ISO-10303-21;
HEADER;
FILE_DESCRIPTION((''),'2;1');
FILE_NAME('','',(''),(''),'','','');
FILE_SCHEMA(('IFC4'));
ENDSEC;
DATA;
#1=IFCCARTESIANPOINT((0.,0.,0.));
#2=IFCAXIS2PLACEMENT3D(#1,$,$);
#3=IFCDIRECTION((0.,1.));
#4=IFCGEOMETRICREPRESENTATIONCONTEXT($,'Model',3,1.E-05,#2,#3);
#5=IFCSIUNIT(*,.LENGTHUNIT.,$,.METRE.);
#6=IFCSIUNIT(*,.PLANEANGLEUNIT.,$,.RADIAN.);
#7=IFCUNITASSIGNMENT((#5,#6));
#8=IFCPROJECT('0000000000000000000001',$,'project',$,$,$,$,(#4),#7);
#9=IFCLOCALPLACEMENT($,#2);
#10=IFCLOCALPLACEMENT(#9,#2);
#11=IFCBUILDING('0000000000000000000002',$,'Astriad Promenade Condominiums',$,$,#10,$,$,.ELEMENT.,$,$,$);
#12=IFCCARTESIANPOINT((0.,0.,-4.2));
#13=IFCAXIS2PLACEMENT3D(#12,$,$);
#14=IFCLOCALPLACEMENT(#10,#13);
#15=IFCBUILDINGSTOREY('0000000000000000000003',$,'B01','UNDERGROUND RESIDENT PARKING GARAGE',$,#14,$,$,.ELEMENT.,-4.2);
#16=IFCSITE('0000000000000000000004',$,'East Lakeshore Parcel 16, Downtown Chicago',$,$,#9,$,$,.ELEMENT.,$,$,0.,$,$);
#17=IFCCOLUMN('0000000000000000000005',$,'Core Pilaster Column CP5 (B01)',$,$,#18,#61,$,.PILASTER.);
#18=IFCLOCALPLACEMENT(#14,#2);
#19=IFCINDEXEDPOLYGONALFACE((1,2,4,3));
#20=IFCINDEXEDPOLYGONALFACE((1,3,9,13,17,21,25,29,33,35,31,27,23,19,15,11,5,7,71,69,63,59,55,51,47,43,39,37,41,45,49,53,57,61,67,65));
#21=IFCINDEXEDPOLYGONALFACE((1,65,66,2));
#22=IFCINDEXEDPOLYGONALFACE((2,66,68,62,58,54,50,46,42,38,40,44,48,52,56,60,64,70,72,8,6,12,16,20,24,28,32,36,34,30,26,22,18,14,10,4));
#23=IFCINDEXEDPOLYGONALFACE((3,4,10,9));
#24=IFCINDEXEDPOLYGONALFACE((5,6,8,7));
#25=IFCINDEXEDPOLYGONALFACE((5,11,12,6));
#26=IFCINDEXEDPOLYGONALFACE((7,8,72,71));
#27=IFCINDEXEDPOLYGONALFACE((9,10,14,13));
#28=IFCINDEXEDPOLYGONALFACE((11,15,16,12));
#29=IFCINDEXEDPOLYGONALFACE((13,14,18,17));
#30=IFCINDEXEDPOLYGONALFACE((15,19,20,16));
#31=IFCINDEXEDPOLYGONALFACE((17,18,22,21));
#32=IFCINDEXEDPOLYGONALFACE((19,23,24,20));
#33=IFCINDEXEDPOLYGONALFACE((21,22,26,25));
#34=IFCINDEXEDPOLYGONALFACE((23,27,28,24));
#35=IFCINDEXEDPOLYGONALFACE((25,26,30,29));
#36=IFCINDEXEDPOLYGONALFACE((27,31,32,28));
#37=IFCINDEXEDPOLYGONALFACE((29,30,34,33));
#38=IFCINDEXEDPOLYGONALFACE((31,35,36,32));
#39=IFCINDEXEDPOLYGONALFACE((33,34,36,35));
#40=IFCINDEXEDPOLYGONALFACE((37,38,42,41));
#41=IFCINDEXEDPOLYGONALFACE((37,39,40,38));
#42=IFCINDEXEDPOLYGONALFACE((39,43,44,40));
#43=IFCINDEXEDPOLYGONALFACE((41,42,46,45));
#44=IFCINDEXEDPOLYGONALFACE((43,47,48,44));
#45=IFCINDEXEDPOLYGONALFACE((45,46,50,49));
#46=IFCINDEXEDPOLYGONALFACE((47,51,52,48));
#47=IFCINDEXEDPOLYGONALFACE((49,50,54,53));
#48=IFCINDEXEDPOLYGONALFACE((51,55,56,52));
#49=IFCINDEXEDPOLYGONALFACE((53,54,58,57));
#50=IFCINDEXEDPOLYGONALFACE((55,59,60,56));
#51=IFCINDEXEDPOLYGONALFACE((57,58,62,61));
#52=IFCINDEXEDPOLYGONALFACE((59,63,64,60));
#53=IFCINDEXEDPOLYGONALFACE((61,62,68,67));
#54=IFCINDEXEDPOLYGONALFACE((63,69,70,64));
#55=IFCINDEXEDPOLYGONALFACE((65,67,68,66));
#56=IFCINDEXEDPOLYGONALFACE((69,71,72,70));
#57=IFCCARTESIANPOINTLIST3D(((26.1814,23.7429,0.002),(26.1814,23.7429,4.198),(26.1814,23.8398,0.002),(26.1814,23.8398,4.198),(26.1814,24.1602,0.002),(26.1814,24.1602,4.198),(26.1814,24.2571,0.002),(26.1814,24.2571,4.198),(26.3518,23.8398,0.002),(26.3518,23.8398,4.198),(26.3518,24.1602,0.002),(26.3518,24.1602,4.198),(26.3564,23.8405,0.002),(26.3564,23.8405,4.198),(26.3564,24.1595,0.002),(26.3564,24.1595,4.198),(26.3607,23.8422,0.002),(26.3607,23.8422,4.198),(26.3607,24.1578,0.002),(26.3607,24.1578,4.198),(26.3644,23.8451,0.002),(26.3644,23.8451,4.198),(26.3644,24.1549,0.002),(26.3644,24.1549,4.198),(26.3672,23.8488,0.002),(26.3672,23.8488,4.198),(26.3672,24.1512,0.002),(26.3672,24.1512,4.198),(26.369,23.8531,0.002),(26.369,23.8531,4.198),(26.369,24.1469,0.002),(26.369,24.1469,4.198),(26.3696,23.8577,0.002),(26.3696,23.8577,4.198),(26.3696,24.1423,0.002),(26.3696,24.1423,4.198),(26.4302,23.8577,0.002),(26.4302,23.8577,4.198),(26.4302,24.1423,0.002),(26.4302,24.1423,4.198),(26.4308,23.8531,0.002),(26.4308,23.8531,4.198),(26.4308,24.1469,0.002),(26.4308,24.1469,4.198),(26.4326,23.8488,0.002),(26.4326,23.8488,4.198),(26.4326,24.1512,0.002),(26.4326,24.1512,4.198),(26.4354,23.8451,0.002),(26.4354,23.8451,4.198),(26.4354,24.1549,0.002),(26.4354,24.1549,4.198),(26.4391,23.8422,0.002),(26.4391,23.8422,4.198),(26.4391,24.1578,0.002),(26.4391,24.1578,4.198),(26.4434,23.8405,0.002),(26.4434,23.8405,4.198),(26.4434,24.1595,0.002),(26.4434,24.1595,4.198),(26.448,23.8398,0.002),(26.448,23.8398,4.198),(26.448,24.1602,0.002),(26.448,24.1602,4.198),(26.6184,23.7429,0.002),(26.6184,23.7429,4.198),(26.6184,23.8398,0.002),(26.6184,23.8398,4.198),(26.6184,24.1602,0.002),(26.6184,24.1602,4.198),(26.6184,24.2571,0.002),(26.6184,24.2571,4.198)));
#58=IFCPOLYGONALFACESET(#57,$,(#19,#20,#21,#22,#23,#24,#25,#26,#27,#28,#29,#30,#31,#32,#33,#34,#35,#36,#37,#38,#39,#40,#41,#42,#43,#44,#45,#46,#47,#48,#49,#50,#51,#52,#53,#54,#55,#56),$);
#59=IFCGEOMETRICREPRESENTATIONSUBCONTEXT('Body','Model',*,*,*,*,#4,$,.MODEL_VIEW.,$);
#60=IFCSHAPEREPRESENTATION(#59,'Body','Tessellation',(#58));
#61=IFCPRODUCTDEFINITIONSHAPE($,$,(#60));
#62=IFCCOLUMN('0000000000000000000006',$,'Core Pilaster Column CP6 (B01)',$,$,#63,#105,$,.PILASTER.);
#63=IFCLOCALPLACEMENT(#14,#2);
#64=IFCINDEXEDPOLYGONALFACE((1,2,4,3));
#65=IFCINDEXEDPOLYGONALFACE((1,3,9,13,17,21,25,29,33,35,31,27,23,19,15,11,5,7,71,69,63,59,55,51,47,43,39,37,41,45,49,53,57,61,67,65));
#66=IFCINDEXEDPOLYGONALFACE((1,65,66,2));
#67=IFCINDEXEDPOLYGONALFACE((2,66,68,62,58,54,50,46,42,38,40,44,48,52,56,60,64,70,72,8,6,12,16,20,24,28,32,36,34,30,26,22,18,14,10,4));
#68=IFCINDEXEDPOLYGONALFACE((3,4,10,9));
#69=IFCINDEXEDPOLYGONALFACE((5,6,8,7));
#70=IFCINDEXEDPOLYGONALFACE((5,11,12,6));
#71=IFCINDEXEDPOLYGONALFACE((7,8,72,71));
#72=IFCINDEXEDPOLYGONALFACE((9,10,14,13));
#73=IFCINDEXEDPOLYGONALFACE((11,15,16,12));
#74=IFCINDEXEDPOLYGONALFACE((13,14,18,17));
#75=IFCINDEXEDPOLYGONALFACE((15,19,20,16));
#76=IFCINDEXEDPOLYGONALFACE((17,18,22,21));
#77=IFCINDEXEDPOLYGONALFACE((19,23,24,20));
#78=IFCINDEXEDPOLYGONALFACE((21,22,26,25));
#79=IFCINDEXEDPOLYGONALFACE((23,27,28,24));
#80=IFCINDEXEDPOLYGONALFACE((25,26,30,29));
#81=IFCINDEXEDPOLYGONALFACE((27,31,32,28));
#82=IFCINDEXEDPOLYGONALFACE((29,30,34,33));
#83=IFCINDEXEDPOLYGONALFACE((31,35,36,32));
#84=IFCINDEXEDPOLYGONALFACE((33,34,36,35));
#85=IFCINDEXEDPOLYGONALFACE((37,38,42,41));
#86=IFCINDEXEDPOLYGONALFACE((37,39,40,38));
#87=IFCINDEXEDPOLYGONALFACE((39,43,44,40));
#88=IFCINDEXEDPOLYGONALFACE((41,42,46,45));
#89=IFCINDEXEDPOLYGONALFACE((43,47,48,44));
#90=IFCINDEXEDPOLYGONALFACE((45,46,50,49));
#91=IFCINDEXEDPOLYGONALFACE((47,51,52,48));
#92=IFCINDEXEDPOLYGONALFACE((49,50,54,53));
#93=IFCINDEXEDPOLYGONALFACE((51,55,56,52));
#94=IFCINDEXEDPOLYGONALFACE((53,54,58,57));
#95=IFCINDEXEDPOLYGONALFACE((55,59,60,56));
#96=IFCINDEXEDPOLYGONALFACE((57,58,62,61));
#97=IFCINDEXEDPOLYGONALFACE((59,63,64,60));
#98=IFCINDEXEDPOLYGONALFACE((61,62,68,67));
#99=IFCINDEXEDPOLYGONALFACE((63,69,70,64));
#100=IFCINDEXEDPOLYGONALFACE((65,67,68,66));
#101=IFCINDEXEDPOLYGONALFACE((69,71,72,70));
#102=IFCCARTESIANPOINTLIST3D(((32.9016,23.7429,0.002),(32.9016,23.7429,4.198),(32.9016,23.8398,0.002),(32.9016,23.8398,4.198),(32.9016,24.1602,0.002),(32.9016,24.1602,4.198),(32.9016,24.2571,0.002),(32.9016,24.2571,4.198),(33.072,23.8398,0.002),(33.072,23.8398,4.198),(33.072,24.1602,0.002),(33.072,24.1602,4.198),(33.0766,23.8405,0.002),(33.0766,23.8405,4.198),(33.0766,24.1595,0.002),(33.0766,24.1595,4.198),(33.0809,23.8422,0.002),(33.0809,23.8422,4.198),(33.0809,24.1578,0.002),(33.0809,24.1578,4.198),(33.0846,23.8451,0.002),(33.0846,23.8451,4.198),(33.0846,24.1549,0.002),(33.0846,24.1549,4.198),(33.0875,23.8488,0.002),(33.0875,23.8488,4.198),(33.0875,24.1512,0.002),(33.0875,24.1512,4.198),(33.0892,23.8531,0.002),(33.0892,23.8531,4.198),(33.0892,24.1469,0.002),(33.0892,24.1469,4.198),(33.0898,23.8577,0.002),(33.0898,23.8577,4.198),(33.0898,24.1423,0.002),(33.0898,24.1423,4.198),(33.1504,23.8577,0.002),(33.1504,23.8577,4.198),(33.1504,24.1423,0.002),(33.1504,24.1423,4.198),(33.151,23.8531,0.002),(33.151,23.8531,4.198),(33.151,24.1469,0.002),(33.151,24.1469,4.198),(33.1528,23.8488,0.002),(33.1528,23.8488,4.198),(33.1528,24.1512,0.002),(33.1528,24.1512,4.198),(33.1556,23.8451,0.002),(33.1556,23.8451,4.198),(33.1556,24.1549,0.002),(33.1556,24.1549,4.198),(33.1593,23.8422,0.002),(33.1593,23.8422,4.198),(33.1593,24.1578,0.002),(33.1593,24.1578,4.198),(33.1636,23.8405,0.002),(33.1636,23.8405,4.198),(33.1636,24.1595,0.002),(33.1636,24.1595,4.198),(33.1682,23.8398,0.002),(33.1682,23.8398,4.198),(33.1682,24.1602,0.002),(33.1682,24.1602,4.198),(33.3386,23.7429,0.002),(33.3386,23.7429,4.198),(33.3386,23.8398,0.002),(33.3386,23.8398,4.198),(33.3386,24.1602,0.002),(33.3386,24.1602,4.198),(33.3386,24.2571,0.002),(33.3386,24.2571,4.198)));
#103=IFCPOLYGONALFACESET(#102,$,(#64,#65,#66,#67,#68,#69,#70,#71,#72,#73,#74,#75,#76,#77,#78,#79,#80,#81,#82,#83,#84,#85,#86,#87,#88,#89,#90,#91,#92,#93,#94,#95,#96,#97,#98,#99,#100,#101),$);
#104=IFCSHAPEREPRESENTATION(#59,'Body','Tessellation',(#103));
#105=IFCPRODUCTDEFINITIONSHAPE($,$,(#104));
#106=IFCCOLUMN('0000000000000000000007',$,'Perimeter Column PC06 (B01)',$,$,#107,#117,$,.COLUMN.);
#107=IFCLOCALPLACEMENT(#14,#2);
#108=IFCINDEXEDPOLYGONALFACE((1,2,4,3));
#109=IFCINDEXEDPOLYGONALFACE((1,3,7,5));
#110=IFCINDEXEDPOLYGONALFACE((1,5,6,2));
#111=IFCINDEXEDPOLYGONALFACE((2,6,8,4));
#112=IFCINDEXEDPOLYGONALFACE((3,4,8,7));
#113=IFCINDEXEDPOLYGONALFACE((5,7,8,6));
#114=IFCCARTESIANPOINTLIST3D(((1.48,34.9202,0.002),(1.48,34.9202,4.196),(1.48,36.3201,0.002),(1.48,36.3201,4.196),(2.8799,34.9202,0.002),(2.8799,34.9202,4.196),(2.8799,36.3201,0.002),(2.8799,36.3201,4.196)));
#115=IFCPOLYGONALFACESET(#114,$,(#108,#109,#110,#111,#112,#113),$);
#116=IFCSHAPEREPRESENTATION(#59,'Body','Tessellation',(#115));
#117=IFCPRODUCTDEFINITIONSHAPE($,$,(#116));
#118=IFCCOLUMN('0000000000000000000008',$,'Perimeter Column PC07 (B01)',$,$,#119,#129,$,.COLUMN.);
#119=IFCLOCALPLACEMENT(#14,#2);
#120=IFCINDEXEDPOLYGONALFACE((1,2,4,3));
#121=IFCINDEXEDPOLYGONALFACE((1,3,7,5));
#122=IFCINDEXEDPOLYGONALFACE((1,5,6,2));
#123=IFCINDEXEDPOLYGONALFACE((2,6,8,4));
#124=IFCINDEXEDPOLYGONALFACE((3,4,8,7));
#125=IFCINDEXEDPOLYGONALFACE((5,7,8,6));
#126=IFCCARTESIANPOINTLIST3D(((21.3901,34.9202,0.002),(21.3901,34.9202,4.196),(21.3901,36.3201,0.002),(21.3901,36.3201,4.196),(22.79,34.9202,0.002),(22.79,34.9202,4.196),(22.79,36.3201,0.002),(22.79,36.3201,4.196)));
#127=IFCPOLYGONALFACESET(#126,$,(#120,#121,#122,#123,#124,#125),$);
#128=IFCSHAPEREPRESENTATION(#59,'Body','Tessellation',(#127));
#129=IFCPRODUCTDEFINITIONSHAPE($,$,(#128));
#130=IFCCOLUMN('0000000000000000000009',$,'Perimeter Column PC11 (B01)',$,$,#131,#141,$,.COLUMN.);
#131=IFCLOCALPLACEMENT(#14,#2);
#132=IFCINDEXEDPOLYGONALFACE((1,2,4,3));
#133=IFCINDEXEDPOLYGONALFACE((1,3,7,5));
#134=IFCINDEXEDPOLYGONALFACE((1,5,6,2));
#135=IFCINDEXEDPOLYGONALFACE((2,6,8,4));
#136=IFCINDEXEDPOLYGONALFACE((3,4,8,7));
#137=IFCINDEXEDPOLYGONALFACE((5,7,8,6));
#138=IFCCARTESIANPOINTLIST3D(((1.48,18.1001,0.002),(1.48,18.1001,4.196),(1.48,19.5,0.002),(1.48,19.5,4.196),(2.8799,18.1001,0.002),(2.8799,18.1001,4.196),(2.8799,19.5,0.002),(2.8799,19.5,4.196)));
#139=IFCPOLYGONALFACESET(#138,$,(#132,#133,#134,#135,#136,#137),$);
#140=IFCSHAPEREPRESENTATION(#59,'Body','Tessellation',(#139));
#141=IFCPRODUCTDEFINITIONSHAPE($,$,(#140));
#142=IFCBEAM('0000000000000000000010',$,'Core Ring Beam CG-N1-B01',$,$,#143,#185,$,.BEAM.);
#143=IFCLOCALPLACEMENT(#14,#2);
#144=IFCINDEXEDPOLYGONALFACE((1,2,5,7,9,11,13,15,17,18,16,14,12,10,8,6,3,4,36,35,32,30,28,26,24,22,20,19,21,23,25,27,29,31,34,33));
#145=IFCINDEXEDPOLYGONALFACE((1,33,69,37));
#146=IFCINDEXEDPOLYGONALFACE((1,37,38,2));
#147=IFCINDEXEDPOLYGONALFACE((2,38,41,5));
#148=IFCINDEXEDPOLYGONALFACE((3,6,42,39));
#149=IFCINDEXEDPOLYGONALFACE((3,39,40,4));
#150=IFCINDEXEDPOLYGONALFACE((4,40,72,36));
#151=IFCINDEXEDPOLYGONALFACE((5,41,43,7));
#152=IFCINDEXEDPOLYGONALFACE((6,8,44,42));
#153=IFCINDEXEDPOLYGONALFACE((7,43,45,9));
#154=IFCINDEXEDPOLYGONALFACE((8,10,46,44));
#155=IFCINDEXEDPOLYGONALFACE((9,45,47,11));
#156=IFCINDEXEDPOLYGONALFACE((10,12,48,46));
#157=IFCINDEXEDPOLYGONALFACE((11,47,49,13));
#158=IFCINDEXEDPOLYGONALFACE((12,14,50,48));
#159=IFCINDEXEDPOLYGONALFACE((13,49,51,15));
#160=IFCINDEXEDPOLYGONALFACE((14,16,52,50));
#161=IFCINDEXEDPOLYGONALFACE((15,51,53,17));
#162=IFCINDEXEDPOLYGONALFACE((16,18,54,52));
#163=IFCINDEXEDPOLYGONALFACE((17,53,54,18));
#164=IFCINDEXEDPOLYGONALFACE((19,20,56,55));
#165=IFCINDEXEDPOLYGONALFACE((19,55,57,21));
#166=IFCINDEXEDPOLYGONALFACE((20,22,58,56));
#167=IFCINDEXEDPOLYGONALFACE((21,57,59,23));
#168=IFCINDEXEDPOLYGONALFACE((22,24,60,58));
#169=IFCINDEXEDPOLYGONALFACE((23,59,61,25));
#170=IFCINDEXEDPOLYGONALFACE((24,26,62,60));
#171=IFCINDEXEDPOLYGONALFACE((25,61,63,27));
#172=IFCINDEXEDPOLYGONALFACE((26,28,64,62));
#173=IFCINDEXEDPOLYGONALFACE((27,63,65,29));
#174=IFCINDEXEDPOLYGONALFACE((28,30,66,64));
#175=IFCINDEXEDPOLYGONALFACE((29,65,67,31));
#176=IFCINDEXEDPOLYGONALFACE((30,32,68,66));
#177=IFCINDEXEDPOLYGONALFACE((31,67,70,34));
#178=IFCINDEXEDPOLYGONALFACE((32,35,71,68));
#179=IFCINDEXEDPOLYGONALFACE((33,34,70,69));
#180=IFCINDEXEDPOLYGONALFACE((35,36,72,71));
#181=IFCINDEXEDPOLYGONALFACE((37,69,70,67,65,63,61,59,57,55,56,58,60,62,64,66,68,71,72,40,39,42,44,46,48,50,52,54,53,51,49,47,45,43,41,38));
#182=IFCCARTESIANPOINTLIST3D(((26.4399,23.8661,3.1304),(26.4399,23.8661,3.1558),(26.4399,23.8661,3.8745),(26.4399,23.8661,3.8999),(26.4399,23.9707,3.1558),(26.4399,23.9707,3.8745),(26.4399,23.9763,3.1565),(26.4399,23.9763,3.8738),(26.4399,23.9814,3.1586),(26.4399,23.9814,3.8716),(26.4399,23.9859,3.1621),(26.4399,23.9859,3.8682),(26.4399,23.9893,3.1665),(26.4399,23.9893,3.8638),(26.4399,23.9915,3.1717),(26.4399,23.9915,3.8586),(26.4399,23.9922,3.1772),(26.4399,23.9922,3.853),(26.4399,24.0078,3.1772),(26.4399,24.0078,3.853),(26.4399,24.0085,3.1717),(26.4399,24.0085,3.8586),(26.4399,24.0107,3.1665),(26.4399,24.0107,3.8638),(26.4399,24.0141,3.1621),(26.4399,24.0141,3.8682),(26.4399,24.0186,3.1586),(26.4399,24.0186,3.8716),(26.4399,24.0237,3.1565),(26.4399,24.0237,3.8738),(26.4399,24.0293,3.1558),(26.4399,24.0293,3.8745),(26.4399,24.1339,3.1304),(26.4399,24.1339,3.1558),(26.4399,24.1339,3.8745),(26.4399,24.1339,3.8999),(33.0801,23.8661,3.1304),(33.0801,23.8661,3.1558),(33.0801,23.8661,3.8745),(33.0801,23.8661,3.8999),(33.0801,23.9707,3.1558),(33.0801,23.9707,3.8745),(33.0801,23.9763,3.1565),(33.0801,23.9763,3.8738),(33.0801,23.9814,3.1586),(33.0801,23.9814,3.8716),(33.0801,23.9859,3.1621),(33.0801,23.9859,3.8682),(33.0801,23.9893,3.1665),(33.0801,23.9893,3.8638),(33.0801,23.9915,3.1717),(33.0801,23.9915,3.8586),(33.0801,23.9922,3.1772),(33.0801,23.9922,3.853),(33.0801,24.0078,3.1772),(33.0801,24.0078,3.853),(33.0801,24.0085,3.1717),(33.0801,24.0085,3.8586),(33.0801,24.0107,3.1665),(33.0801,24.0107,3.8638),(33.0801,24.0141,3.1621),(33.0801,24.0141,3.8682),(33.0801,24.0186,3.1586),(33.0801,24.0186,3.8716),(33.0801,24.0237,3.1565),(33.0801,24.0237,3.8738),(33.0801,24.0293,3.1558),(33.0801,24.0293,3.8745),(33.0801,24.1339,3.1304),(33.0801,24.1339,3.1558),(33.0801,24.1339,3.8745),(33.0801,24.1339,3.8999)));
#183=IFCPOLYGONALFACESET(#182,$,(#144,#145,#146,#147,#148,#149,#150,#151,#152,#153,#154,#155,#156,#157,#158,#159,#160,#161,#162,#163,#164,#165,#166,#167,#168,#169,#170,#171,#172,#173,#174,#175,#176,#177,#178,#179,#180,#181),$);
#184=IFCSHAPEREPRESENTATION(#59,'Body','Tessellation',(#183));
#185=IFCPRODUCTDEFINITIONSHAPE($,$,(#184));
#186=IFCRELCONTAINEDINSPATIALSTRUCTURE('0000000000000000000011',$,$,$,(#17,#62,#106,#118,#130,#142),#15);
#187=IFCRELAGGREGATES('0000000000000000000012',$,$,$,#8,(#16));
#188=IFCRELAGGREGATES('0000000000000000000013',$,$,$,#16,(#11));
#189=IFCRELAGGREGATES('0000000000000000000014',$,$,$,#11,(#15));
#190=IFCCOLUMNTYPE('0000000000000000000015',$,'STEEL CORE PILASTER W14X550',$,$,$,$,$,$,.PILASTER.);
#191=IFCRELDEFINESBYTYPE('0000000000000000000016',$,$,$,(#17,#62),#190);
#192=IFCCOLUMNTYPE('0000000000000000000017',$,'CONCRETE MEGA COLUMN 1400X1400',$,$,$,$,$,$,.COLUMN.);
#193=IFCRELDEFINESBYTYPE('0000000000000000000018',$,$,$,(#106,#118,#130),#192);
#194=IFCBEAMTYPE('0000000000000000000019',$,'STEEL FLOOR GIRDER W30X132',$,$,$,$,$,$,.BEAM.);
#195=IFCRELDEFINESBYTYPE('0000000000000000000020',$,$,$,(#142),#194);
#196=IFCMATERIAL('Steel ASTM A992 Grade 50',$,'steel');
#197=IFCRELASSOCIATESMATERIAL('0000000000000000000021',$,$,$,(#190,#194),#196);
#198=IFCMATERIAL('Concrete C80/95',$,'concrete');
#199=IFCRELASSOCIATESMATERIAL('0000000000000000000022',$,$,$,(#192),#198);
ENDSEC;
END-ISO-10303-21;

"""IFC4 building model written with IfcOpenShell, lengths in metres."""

from ifc_helpers import new_model, si_unit, direction, frame, origin, origin_2d, place, context, subcontext, project, spatial, rectangle, i_section, extrude, source, transform, mapped, material, material_profile, profile_set, type_object, type_shapes, element, save


model = new_model("IFC4")

# Units and contexts
model_context = context("Model", 3, precision=1e-05, world=origin(), true_north=direction((0.0, 1.0)))
body_context = subcontext(model_context, "Body", "Model", "MODEL_VIEW")
ifc_project = project(units=[si_unit("LENGTHUNIT", "METRE"), si_unit("PLANEANGLEUNIT", "RADIAN")], contexts=[model_context])

# Site, building, storey
site_placement = place(None, origin())
site = spatial("IfcSite", under=ifc_project, at=site_placement, Name="East Lakeshore Parcel 16, Downtown Chicago", CompositionType="ELEMENT", RefElevation=0.0)
building_placement = place(site_placement, origin())
building = spatial("IfcBuilding", under=site, at=building_placement, Name="Astriad Promenade Condominiums", CompositionType="ELEMENT")
storey_placement = place(building_placement, frame((0.0, 0.0, -4.2)))
storey = spatial("IfcBuildingStorey", under=building, at=storey_placement, Name="B01", Description="UNDERGROUND RESIDENT PARKING GARAGE", CompositionType="ELEMENT", Elevation=-4.2)

# Columns
ifc_material_1 = material(Name="Steel ASTM A992 Grade 50", Category="steel")
ifc_material_profile_1 = material_profile(ifc_material_1, i_section(OverallWidth=0.437, OverallDepth=0.5142, WebThickness=0.0605, FlangeThickness=0.0969, FilletRadius=0.0178, at=origin_2d()), Name="W14X550")
ifc_profile_set_1 = profile_set([ifc_material_profile_1], Name="Steel ASTM A992 Grade 50")
column_type_1 = type_object("IfcColumnType", Name="STEEL CORE PILASTER W14X550", PredefinedType="PILASTER", material=ifc_profile_set_1)
shared_shape_1 = source(origin(), body_context, "Body", "SweptSolid", [
    extrude(i_section(OverallWidth=0.437, OverallDepth=0.5142, WebThickness=0.0605, FlangeThickness=0.0969, FilletRadius=0.0178, at=origin_2d()), origin(), (0.0, 0.0, 1.0), 4.196),
])
type_shapes(column_type_1, [shared_shape_1])
for number, where, z_axis, x_axis, name in (
    (1, (26.3999, 24.0, 0.002), (0.0, 0.0, 1.0), (1.0, 0.0, 0.0), "Core Pilaster Column CP5 (B01)"),
    (2, (33.1201, 24.0, 0.002), (0.0, 0.0, 1.0), (1.0, 0.0, 0.0), "Core Pilaster Column CP6 (B01)"),
):
    element("IfcColumn", number, at=place(storey_placement, frame(where, z_axis=z_axis, x_axis=x_axis)), inside=storey, type_object=column_type_1, Name=name, PredefinedType="PILASTER", context=body_context, shape_type="MappedRepresentation", body=[
        mapped(shared_shape_1, transform((0.0, 0.0, 0.0), scale=1.0)),
    ])
ifc_material_2 = material(Name="Concrete C80/95", Category="concrete")
ifc_material_profile_2 = material_profile(ifc_material_2, rectangle(XDim=1.3999, YDim=1.3999, at=origin_2d()), Name="RC-COL-1400X1400")
ifc_profile_set_2 = profile_set([ifc_material_profile_2], Name="Concrete C80/95")
column_type_2 = type_object("IfcColumnType", Name="CONCRETE MEGA COLUMN 1400X1400", PredefinedType="COLUMN", material=ifc_profile_set_2)
shared_shape_2 = source(origin(), body_context, "Body", "SweptSolid", [
    extrude(rectangle(XDim=1.3999, YDim=1.3999, at=origin_2d()), origin(), (0.0, 0.0, 1.0), 4.1941),
])
type_shapes(column_type_2, [shared_shape_2])
for number, where, z_axis, x_axis, name in (
    (3, (2.1799, 35.6201, 0.002), (0.0, 0.0, 1.0), (1.0, 0.0, 0.0), "Perimeter Column PC06 (B01)"),
    (4, (22.0901, 35.6201, 0.002), (0.0, 0.0, 1.0), (1.0, 0.0, 0.0), "Perimeter Column PC07 (B01)"),
    (5, (2.1799, 18.8, 0.002), (0.0, 0.0, 1.0), (1.0, 0.0, 0.0), "Perimeter Column PC11 (B01)"),
):
    element("IfcColumn", number, at=place(storey_placement, frame(where, z_axis=z_axis, x_axis=x_axis)), inside=storey, type_object=column_type_2, Name=name, PredefinedType="COLUMN", context=body_context, shape_type="MappedRepresentation", body=[
        mapped(shared_shape_2, transform((0.0, 0.0, 0.0), scale=1.0)),
    ])

# Beam
ifc_material_profile_3 = material_profile(ifc_material_1, i_section(OverallWidth=0.2678, OverallDepth=0.7695, WebThickness=0.0156, FlangeThickness=0.0254, FilletRadius=0.0215, at=origin_2d()), Name="W30X132")
ifc_profile_set_3 = profile_set([ifc_material_profile_3], Name="Steel ASTM A992 Grade 50")
beam_type_1 = type_object("IfcBeamType", Name="STEEL FLOOR GIRDER W30X132", PredefinedType="BEAM", material=ifc_profile_set_3)
shared_shape_3 = source(origin(), body_context, "Body", "SweptSolid", [
    extrude(i_section(OverallWidth=0.2678, OverallDepth=0.7695, WebThickness=0.0156, FlangeThickness=0.0254, FilletRadius=0.0215, at=origin_2d()), origin(), (0.0, 0.0, 1.0), 6.6401),
])
type_shapes(beam_type_1, [shared_shape_3])
beam_1_placement = place(storey_placement, frame((26.4399, 24.0, 3.5151), z_axis=(1.0, 0.0, 0.0), x_axis=(0.0, 1.0, 0.0)))
element("IfcBeam", 6, at=beam_1_placement, inside=storey, type_object=beam_type_1, Name="Core Ring Beam CG-N1-B01", PredefinedType="BEAM", context=body_context, shape_type="MappedRepresentation", body=[
    mapped(shared_shape_3, transform((0.0, 0.0, 0.0), scale=1.0)),
])

save(model, "model.ifc")
